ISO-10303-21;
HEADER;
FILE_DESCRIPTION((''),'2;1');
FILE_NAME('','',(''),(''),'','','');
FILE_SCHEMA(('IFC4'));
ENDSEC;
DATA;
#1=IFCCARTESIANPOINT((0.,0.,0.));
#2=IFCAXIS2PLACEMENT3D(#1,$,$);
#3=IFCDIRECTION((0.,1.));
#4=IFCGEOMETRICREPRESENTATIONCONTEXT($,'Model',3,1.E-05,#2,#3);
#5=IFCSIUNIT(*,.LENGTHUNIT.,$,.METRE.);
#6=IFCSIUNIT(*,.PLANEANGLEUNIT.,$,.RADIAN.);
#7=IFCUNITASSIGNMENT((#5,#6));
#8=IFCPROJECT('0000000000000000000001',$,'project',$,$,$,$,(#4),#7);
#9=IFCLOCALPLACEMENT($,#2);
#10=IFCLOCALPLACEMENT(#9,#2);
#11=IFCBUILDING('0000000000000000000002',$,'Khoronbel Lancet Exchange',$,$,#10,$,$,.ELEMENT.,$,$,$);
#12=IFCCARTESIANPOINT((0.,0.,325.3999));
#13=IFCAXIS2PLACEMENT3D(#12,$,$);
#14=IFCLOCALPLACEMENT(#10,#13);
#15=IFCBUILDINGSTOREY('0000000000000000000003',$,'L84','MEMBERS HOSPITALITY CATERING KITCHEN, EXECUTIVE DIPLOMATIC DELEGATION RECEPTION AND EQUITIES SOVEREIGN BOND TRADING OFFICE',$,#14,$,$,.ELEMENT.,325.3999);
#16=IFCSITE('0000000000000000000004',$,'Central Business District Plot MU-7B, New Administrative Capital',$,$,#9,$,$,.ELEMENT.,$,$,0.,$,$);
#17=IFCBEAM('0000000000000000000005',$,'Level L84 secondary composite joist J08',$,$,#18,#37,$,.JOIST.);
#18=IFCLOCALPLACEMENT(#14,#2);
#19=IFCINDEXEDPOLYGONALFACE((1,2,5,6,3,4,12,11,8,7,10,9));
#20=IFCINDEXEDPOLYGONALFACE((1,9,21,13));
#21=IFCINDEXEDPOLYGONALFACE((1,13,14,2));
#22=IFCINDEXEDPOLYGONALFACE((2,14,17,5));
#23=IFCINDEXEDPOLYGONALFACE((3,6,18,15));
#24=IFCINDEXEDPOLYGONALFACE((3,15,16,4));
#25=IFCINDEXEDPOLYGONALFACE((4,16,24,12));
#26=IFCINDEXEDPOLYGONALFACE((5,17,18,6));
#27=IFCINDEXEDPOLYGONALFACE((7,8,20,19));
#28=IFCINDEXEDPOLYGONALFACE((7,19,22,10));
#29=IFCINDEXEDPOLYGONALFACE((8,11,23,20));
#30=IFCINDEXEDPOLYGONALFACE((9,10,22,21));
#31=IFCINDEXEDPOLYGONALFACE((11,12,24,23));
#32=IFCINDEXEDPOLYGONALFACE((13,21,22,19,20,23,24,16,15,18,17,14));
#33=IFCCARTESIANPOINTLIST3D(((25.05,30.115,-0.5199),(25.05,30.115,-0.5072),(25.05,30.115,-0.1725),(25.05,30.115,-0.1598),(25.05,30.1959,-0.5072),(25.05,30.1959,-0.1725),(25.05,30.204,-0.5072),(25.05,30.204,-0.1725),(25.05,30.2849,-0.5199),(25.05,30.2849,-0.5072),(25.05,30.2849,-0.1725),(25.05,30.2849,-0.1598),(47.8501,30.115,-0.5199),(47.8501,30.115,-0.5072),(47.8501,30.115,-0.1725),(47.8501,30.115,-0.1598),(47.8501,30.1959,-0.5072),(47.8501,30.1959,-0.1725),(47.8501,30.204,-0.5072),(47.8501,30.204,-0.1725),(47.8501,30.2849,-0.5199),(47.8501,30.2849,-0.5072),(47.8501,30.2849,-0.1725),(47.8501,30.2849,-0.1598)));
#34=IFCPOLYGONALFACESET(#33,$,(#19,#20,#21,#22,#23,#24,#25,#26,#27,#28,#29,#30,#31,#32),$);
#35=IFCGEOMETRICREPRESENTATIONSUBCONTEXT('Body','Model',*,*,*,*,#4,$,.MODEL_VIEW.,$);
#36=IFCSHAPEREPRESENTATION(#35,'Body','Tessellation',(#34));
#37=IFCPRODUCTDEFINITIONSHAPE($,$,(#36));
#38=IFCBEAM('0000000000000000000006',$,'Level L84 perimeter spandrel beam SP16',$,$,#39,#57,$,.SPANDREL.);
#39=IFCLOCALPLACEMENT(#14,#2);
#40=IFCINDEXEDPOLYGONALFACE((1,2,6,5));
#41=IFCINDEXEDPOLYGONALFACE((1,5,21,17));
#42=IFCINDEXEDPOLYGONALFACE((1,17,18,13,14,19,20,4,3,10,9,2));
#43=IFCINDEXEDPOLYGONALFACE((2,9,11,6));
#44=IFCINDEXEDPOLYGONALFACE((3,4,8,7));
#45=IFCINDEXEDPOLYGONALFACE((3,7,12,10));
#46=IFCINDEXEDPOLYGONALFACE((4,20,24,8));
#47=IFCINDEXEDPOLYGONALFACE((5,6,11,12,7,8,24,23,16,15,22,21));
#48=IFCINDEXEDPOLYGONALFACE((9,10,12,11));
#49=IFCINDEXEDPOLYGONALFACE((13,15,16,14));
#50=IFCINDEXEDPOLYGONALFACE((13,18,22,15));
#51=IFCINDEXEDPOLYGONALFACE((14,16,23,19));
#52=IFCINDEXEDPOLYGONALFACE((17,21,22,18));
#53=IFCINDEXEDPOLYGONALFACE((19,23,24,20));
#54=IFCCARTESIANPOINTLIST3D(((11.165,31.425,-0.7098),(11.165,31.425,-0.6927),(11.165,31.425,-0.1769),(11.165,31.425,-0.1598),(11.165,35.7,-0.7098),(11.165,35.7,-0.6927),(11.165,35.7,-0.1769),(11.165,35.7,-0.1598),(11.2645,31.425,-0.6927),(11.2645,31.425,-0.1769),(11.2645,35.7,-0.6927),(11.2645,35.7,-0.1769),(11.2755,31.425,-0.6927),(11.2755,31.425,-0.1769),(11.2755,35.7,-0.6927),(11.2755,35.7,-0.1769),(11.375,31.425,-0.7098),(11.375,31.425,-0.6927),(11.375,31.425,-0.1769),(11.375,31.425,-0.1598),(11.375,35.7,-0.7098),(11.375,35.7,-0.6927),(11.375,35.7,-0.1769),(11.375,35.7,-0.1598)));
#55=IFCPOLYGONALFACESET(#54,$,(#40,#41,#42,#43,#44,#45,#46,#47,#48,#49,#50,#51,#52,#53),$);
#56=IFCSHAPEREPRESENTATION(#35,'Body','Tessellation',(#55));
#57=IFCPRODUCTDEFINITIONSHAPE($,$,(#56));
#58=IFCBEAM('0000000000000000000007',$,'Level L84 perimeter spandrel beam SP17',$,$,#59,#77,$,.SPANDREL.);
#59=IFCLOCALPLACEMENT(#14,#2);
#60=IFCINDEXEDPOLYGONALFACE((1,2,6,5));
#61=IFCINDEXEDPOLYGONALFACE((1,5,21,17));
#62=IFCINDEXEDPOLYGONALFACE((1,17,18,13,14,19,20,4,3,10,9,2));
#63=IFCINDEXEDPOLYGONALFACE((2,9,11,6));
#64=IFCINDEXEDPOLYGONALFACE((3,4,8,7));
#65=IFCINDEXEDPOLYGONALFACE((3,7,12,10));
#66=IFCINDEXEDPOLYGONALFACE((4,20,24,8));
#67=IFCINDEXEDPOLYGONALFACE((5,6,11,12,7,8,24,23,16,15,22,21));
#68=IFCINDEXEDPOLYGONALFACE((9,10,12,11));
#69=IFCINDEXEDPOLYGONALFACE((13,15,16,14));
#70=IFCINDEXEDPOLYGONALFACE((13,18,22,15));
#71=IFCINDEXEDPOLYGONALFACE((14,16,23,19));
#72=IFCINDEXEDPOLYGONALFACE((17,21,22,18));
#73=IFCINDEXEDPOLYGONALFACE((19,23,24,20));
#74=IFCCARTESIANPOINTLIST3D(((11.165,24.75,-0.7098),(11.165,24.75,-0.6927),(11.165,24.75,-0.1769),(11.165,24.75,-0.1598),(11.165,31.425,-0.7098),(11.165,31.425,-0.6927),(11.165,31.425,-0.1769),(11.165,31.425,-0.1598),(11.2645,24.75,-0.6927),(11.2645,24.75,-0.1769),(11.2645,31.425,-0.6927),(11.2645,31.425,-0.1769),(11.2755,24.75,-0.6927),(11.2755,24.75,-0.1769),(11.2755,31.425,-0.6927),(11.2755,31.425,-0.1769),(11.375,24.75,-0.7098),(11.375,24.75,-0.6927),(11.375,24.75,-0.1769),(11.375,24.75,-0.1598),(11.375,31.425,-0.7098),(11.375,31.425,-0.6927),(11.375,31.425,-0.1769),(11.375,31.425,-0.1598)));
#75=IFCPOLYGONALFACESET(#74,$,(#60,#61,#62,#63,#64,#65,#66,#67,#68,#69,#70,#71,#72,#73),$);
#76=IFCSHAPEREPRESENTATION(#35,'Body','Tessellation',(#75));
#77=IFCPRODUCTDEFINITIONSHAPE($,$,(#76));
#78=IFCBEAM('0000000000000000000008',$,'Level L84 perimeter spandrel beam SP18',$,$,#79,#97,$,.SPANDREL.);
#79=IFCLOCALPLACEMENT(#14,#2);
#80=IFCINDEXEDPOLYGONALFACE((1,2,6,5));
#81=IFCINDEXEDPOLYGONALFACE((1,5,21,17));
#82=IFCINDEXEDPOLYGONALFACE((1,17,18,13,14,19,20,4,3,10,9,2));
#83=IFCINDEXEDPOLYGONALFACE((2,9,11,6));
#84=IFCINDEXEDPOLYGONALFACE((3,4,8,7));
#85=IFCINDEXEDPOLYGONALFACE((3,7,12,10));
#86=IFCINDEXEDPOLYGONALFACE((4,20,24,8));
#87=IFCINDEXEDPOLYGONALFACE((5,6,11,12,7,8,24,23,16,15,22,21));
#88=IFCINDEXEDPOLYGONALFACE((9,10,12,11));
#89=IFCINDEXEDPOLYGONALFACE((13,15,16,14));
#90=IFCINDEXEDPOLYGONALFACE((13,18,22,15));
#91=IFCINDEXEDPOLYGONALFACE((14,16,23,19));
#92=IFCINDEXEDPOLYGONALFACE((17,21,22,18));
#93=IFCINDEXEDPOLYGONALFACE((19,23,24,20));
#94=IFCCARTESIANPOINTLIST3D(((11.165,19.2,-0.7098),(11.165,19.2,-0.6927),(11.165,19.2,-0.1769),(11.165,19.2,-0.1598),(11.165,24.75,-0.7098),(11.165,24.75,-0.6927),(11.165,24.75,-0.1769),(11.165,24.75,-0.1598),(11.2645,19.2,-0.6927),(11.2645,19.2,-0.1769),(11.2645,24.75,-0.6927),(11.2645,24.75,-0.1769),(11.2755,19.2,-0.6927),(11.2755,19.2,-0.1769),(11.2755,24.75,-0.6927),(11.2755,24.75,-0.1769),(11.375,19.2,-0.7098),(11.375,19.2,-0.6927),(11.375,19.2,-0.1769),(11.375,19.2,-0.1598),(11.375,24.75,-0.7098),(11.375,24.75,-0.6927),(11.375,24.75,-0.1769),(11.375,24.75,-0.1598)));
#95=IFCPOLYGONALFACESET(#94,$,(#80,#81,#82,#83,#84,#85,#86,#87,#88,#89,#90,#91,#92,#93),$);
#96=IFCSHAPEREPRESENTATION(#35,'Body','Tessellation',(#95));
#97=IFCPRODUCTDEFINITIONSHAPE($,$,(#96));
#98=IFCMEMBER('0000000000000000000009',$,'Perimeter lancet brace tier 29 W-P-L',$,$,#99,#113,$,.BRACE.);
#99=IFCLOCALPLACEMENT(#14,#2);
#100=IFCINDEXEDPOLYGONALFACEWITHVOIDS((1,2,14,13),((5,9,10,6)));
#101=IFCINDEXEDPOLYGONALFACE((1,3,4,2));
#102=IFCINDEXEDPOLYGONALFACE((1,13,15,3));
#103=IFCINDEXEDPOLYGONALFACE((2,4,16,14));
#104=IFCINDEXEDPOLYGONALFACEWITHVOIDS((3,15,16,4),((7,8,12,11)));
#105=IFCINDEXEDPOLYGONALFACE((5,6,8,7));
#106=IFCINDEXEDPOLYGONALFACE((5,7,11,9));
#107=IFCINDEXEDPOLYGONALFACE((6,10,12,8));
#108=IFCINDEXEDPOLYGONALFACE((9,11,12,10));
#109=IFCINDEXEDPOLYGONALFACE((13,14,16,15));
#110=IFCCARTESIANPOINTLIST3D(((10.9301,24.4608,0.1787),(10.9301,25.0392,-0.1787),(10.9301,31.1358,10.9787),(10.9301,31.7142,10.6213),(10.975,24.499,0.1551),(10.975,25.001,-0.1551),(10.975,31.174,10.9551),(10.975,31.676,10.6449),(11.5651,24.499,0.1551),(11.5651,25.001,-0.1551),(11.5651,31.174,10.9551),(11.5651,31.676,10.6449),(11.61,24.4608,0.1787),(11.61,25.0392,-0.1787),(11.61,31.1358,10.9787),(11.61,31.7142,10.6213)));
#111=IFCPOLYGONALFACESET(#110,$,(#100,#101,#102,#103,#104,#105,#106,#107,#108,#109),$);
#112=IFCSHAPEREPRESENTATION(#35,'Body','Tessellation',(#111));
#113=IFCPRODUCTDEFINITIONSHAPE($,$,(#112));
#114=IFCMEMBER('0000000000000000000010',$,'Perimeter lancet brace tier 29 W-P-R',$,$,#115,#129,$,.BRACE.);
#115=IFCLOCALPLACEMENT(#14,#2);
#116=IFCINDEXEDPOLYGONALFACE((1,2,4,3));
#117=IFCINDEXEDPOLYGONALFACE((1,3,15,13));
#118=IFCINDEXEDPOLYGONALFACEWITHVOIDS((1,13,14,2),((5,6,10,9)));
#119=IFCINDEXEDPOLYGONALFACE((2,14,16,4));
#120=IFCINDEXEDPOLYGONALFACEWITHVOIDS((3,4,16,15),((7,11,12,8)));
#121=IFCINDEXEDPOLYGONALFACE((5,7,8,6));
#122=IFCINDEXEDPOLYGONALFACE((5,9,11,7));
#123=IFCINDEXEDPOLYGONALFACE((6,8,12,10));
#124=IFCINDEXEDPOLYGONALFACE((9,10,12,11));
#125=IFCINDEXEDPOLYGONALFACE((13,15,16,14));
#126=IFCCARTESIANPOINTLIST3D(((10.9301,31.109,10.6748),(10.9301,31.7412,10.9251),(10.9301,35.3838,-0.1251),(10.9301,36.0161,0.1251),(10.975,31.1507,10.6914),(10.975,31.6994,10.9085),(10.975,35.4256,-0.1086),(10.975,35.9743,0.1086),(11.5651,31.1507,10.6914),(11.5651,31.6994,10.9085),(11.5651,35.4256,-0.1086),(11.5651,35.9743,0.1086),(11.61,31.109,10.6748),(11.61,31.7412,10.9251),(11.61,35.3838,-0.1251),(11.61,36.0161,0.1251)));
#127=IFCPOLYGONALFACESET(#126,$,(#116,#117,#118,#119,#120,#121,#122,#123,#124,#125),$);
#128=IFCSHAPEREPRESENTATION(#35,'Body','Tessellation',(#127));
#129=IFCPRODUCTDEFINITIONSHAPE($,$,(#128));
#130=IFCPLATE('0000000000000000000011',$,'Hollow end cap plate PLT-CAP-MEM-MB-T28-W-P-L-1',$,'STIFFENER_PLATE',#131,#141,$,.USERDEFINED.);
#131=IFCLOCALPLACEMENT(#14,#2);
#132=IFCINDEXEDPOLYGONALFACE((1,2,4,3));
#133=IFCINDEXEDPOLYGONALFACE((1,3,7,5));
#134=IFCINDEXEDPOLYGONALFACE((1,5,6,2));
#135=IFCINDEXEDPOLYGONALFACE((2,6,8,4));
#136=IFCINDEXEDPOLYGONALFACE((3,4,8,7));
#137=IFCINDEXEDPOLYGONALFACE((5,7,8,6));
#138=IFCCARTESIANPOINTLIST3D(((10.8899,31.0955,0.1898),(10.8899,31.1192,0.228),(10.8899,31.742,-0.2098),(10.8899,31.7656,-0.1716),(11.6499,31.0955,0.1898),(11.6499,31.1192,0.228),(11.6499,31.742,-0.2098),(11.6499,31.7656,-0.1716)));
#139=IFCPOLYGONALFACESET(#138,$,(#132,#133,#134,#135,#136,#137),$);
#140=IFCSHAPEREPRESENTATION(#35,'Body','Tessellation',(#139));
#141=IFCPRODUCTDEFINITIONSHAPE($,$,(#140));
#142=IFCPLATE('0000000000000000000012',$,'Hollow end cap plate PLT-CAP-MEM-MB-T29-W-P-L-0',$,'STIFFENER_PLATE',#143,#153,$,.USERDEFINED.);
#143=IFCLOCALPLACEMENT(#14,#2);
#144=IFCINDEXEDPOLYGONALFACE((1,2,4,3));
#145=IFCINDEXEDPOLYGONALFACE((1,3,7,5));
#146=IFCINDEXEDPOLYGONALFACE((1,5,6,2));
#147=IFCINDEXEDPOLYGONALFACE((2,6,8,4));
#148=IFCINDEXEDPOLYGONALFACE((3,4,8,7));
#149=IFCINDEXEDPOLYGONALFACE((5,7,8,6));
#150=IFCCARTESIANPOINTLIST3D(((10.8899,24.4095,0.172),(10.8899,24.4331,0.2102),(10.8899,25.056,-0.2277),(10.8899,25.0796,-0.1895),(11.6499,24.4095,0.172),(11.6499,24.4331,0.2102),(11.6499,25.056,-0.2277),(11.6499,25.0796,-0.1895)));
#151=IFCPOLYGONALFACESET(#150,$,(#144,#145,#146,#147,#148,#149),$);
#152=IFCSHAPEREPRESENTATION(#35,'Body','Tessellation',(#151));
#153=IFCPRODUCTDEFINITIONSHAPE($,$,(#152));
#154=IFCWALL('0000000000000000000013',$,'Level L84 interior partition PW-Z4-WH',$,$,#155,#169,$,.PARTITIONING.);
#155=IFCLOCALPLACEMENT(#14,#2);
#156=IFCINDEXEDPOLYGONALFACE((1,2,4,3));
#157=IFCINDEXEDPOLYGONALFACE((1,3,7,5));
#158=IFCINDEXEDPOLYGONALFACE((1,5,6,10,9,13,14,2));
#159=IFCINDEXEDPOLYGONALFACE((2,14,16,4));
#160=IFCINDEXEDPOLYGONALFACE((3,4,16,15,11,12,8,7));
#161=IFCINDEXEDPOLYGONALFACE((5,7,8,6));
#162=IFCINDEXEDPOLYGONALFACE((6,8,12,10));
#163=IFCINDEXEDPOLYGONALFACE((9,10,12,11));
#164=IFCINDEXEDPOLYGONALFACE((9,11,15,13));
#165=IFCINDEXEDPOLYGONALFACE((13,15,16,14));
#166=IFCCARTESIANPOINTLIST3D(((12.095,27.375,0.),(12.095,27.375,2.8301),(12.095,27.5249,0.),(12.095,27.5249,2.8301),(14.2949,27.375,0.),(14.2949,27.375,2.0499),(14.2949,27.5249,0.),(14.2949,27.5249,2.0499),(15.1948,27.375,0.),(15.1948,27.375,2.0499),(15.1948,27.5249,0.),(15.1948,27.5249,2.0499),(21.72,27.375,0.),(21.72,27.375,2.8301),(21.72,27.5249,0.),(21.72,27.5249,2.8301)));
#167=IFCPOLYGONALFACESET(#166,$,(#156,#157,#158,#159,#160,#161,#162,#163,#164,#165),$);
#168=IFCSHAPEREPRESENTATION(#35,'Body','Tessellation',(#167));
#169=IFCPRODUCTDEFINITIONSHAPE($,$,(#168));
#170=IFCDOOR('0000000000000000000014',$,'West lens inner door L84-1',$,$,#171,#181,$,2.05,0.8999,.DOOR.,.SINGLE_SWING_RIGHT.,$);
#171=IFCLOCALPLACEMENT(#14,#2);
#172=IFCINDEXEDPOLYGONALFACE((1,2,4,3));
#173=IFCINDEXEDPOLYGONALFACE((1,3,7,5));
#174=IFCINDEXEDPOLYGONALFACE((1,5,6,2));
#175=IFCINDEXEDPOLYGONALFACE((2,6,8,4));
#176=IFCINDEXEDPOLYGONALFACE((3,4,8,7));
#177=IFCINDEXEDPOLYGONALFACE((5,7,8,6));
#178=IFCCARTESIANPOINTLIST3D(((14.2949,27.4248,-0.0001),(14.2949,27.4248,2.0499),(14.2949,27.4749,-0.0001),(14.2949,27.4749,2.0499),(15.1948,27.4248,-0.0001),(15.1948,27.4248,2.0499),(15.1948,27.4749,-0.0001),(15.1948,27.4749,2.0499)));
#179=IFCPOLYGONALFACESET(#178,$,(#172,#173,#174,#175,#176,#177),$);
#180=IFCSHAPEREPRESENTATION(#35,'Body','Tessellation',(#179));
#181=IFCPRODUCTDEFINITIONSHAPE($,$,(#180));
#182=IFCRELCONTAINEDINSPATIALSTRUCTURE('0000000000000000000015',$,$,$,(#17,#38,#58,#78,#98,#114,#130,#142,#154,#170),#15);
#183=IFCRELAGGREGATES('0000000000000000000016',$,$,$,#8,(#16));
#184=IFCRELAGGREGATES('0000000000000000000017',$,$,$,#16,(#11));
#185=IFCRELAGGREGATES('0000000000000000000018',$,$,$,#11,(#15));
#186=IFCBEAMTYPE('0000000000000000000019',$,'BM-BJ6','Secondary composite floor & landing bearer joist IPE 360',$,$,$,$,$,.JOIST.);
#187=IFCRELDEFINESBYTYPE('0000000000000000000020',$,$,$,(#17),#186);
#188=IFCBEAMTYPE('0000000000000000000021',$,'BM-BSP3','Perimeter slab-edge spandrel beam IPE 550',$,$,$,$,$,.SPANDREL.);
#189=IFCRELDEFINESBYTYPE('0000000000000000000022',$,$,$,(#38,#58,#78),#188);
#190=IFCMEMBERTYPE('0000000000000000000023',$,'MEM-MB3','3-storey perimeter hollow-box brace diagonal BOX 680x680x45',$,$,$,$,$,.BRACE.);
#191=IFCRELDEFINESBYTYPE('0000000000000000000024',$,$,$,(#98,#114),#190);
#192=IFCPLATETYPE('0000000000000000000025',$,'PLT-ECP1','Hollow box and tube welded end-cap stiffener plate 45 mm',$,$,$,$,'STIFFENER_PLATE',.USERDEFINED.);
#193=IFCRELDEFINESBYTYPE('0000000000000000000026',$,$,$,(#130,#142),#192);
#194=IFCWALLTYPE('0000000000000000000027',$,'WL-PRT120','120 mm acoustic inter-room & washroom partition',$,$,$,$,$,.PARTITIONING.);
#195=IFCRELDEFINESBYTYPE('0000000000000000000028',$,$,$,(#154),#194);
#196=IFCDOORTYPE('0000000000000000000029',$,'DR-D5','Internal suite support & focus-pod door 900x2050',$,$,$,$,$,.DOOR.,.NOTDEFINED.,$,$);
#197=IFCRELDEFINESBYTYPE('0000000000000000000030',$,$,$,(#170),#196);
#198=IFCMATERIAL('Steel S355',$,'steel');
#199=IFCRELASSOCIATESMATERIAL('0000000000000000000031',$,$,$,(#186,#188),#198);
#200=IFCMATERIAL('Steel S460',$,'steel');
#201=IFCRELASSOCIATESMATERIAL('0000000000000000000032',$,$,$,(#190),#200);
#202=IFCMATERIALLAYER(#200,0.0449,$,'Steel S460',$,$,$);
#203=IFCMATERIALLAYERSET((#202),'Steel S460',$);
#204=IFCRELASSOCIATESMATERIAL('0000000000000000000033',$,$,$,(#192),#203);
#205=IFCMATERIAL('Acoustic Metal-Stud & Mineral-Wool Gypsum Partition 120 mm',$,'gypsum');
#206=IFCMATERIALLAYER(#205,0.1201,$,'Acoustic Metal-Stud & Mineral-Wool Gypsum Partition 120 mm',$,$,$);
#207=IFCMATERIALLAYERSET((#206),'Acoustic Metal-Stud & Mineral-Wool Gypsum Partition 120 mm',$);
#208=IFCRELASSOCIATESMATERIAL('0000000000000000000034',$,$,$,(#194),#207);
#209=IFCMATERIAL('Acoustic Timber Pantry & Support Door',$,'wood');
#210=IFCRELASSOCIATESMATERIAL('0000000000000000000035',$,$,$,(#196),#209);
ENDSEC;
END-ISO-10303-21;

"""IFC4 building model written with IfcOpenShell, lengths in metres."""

from ifc_helpers import new_model, si_unit, direction, frame, frame_2d, origin, origin_2d, place, context, subcontext, project, spatial, polyline, rectangle, hollow_rectangle, i_section, outline, extrude, material, layer, layer_set, material_profile, profile_set, type_object, element, fill, save


model = new_model("IFC4")

# Units and contexts
model_context = context("Model", 3, precision=1e-05, world=origin(), true_north=direction((0.0, 1.0)))
body_context = subcontext(model_context, "Body", "Model", "MODEL_VIEW")
ifc_project = project(units=[si_unit("LENGTHUNIT", "METRE"), si_unit("PLANEANGLEUNIT", "RADIAN")], contexts=[model_context])

# Site, building, storey
site_placement = place(None, origin())
site = spatial("IfcSite", under=ifc_project, at=site_placement, Name="Central Business District Plot MU-7B, New Administrative Capital", CompositionType="ELEMENT", RefElevation=0.0)
building_placement = place(site_placement, origin())
building = spatial("IfcBuilding", under=site, at=building_placement, Name="Khoronbel Lancet Exchange", CompositionType="ELEMENT")
storey_placement = place(building_placement, frame((0.0, 0.0, 325.3999)))
storey = spatial("IfcBuildingStorey", under=building, at=storey_placement, Name="L84", Description="MEMBERS HOSPITALITY CATERING KITCHEN, EXECUTIVE DIPLOMATIC DELEGATION RECEPTION AND EQUITIES SOVEREIGN BOND TRADING OFFICE", CompositionType="ELEMENT", Elevation=325.3999)

# Shared definitions
ifc_material_1 = material(Name="Steel S355", Category="steel")

# Beams
ifc_material_profile_1 = material_profile(ifc_material_1, i_section(OverallWidth=0.1699, OverallDepth=0.3601, WebThickness=0.0081, FlangeThickness=0.0127, at=origin_2d()), Name="IPE 360")
ifc_profile_set_1 = profile_set([ifc_material_profile_1], Name="Steel S355")
beam_type_1 = type_object("IfcBeamType", Name="BM-BJ6", Description="Secondary composite floor & landing bearer joist IPE 360", PredefinedType="JOIST", material=ifc_profile_set_1)
beam_1_placement = place(storey_placement, frame((25.05, 30.2, -0.3398), z_axis=(1.0, 0.0, 0.0), x_axis=(0.0, 1.0, 0.0)))
element("IfcBeam", 1, at=beam_1_placement, inside=storey, type_object=beam_type_1, Name="Level L84 secondary composite joist J08", PredefinedType="JOIST", context=body_context, shape_type="SweptSolid", body=[
    extrude(i_section(OverallWidth=0.1699, OverallDepth=0.3601, WebThickness=0.0081, FlangeThickness=0.0127, at=origin_2d()), origin(), (0.0, 0.0, 1.0), 22.8),
])
ifc_material_profile_2 = material_profile(ifc_material_1, i_section(OverallWidth=0.21, OverallDepth=0.55, WebThickness=0.011, FlangeThickness=0.0171, at=origin_2d()), Name="IPE 550")
ifc_profile_set_2 = profile_set([ifc_material_profile_2], Name="Steel S355")
beam_type_2 = type_object("IfcBeamType", Name="BM-BSP3", Description="Perimeter slab-edge spandrel beam IPE 550", PredefinedType="SPANDREL", material=ifc_profile_set_2)
beam_2_placement = place(storey_placement, frame((11.27, 35.7, -0.4348), z_axis=(0.0, -1.0, 0.0), x_axis=(1.0, 0.0, 0.0)))
element("IfcBeam", 2, at=beam_2_placement, inside=storey, type_object=beam_type_2, Name="Level L84 perimeter spandrel beam SP16", PredefinedType="SPANDREL", context=body_context, shape_type="SweptSolid", body=[
    extrude(i_section(OverallWidth=0.21, OverallDepth=0.55, WebThickness=0.011, FlangeThickness=0.0171, at=origin_2d()), origin(), (0.0, 0.0, 1.0), 4.2749),
])
beam_3_placement = place(storey_placement, frame((11.27, 31.425, -0.4348), z_axis=(0.0, -1.0, 0.0), x_axis=(1.0, 0.0, 0.0)))
element("IfcBeam", 3, at=beam_3_placement, inside=storey, type_object=beam_type_2, Name="Level L84 perimeter spandrel beam SP17", PredefinedType="SPANDREL", context=body_context, shape_type="SweptSolid", body=[
    extrude(i_section(OverallWidth=0.21, OverallDepth=0.55, WebThickness=0.011, FlangeThickness=0.0171, at=origin_2d()), origin(), (0.0, 0.0, 1.0), 6.675),
])
beam_4_placement = place(storey_placement, frame((11.27, 24.75, -0.4348), z_axis=(0.0, -1.0, 0.0), x_axis=(1.0, 0.0, 0.0)))
element("IfcBeam", 4, at=beam_4_placement, inside=storey, type_object=beam_type_2, Name="Level L84 perimeter spandrel beam SP18", PredefinedType="SPANDREL", context=body_context, shape_type="SweptSolid", body=[
    extrude(i_section(OverallWidth=0.21, OverallDepth=0.55, WebThickness=0.011, FlangeThickness=0.0171, at=origin_2d()), origin(), (0.0, 0.0, 1.0), 5.55),
])

# Members
ifc_material_2 = material(Name="Steel S460", Category="steel")
ifc_material_profile_3 = material_profile(ifc_material_2, hollow_rectangle(XDim=0.6799, YDim=0.6799, WallThickness=0.0449, at=origin_2d()), Name="BOX 680x680x45")
ifc_profile_set_3 = profile_set([ifc_material_profile_3], Name="Steel S460")
member_type = type_object("IfcMemberType", Name="MEM-MB3", Description="3-storey perimeter hollow-box brace diagonal BOX 680x680x45", PredefinedType="BRACE", material=ifc_profile_set_3)
member_1_placement = place(storey_placement, frame((11.27, 24.75, 0.0), z_axis=(0.0, 0.525745, 0.850642), x_axis=(-1.0, 0.0, 0.0)))
element("IfcMember", 5, at=member_1_placement, inside=storey, type_object=member_type, Name="Perimeter lancet brace tier 29 W-P-L", PredefinedType="BRACE", context=body_context, shape_type="SweptSolid", body=[
    extrude(hollow_rectangle(XDim=0.6799, YDim=0.6799, WallThickness=0.0449, at=origin_2d()), origin(), (0.0, 0.0, 1.0), 12.6963),
])
member_2_placement = place(storey_placement, frame((11.27, 35.7, 0.0), z_axis=(0.0, -0.36804, 0.92981), x_axis=(1.0, 0.0, 0.0)))
element("IfcMember", 6, at=member_2_placement, inside=storey, type_object=member_type, Name="Perimeter lancet brace tier 29 W-P-R", PredefinedType="BRACE", context=body_context, shape_type="SweptSolid", body=[
    extrude(hollow_rectangle(XDim=0.6799, YDim=0.6799, WallThickness=0.0449, at=origin_2d()), origin(), (0.0, 0.0, 1.0), 11.6152),
])

# Plates
ifc_layer_1 = layer(ifc_material_2, 0.0449, Name="Steel S460")
ifc_layer_set_1 = layer_set([ifc_layer_1], Name="Steel S460")
plate_type = type_object("IfcPlateType", Name="PLT-ECP1", Description="Hollow box and tube welded end-cap stiffener plate 45 mm", ElementType="STIFFENER_PLATE", PredefinedType="USERDEFINED", material=ifc_layer_set_1)
for number, where, z_axis, x_axis, name in (
    (7, (11.6499, 31.7656, -0.1716), (0.0, 0.525835, 0.850587), (-1.0, 0.0, 0.0), "Hollow end cap plate PLT-CAP-MEM-MB-T28-W-P-L-1"),
    (8, (11.6499, 25.0796, -0.1895), (0.0, 0.525835, 0.850587), (-1.0, 0.0, 0.0), "Hollow end cap plate PLT-CAP-MEM-MB-T29-W-P-L-0"),
):
    element("IfcPlate", number, at=place(storey_placement, frame(where, z_axis=z_axis, x_axis=x_axis)), inside=storey, type_object=plate_type, Name=name, ObjectType="STIFFENER_PLATE", PredefinedType="USERDEFINED", context=body_context, shape_type="SweptSolid", body=[
        extrude(outline(polyline([(0.0, 0.0), (0.76, 0.0), (0.76, 0.76), (0.0, 0.76), (0.0, 0.0)])), origin(), (0.0, 0.0, -1.0), 0.0449),
    ])

# Wall, opening, door
ifc_material_3 = material(Name="Acoustic Metal-Stud & Mineral-Wool Gypsum Partition 120 mm", Category="gypsum")
ifc_layer_2 = layer(ifc_material_3, 0.1201, Name="Acoustic Metal-Stud & Mineral-Wool Gypsum Partition 120 mm")
ifc_layer_set_2 = layer_set([ifc_layer_2], Name="Acoustic Metal-Stud & Mineral-Wool Gypsum Partition 120 mm")
wall_type_1 = type_object("IfcWallType", Name="WL-PRT120", Description="120 mm acoustic inter-room & washroom partition", PredefinedType="PARTITIONING", material=ifc_layer_set_2)
wall_1_placement = place(storey_placement, frame((12.095, 27.45, 0.0), z_axis=(0.0, 0.0, 1.0), x_axis=(1.0, 0.0, 0.0)))
wall_1 = element("IfcWall", 9, at=wall_1_placement, inside=storey, type_object=wall_type_1, Name="Level L84 interior partition PW-Z4-WH", PredefinedType="PARTITIONING", context=body_context, shape_type="SweptSolid", body=[
    extrude(rectangle(XDim=9.625, YDim=0.1499, at=frame_2d((4.8125, 0.0))), origin(), (0.0, 0.0, 1.0), 2.8301),
])
opening_1_placement = place(wall_1_placement, frame((2.2, 0.0, 0.0)))
opening_1 = element("IfcOpeningElement", 10, at=opening_1_placement, cuts=wall_1, PredefinedType="OPENING", context=body_context, shape_type="SweptSolid", body=[
    extrude(rectangle(XDim=0.8999, YDim=2.05, at=frame_2d((0.45, 1.0249))), frame((0.0, 0.085, 0.0), z_axis=(0.0, -1.0, 0.0), x_axis=(1.0, 0.0, 0.0)), (0.0, 0.0, 1.0), 0.1699),
])
ifc_material_4 = material(Name="Acoustic Timber Pantry & Support Door", Category="wood")
door_type_1 = type_object("IfcDoorType", Name="DR-D5", Description="Internal suite support & focus-pod door 900x2050", OperationType="NOTDEFINED", PredefinedType="DOOR", material=ifc_material_4)
door_1_placement = place(opening_1_placement, origin())
door_1 = element("IfcDoor", 11, at=door_1_placement, inside=storey, type_object=door_type_1, Name="West lens inner door L84-1", OperationType="SINGLE_SWING_RIGHT", OverallHeight=2.05, OverallWidth=0.8999, PredefinedType="DOOR", context=body_context, shape_type="SweptSolid", body=[
    extrude(rectangle(XDim=0.8999, YDim=2.05, at=frame_2d((0.45, 1.0249))), frame((0.0, 0.0249, 0.0), z_axis=(0.0, -1.0, 0.0), x_axis=(1.0, 0.0, 0.0)), (0.0, 0.0, 1.0), 0.05),
])
fill(opening_1, door_1)

save(model, "model.ifc")
